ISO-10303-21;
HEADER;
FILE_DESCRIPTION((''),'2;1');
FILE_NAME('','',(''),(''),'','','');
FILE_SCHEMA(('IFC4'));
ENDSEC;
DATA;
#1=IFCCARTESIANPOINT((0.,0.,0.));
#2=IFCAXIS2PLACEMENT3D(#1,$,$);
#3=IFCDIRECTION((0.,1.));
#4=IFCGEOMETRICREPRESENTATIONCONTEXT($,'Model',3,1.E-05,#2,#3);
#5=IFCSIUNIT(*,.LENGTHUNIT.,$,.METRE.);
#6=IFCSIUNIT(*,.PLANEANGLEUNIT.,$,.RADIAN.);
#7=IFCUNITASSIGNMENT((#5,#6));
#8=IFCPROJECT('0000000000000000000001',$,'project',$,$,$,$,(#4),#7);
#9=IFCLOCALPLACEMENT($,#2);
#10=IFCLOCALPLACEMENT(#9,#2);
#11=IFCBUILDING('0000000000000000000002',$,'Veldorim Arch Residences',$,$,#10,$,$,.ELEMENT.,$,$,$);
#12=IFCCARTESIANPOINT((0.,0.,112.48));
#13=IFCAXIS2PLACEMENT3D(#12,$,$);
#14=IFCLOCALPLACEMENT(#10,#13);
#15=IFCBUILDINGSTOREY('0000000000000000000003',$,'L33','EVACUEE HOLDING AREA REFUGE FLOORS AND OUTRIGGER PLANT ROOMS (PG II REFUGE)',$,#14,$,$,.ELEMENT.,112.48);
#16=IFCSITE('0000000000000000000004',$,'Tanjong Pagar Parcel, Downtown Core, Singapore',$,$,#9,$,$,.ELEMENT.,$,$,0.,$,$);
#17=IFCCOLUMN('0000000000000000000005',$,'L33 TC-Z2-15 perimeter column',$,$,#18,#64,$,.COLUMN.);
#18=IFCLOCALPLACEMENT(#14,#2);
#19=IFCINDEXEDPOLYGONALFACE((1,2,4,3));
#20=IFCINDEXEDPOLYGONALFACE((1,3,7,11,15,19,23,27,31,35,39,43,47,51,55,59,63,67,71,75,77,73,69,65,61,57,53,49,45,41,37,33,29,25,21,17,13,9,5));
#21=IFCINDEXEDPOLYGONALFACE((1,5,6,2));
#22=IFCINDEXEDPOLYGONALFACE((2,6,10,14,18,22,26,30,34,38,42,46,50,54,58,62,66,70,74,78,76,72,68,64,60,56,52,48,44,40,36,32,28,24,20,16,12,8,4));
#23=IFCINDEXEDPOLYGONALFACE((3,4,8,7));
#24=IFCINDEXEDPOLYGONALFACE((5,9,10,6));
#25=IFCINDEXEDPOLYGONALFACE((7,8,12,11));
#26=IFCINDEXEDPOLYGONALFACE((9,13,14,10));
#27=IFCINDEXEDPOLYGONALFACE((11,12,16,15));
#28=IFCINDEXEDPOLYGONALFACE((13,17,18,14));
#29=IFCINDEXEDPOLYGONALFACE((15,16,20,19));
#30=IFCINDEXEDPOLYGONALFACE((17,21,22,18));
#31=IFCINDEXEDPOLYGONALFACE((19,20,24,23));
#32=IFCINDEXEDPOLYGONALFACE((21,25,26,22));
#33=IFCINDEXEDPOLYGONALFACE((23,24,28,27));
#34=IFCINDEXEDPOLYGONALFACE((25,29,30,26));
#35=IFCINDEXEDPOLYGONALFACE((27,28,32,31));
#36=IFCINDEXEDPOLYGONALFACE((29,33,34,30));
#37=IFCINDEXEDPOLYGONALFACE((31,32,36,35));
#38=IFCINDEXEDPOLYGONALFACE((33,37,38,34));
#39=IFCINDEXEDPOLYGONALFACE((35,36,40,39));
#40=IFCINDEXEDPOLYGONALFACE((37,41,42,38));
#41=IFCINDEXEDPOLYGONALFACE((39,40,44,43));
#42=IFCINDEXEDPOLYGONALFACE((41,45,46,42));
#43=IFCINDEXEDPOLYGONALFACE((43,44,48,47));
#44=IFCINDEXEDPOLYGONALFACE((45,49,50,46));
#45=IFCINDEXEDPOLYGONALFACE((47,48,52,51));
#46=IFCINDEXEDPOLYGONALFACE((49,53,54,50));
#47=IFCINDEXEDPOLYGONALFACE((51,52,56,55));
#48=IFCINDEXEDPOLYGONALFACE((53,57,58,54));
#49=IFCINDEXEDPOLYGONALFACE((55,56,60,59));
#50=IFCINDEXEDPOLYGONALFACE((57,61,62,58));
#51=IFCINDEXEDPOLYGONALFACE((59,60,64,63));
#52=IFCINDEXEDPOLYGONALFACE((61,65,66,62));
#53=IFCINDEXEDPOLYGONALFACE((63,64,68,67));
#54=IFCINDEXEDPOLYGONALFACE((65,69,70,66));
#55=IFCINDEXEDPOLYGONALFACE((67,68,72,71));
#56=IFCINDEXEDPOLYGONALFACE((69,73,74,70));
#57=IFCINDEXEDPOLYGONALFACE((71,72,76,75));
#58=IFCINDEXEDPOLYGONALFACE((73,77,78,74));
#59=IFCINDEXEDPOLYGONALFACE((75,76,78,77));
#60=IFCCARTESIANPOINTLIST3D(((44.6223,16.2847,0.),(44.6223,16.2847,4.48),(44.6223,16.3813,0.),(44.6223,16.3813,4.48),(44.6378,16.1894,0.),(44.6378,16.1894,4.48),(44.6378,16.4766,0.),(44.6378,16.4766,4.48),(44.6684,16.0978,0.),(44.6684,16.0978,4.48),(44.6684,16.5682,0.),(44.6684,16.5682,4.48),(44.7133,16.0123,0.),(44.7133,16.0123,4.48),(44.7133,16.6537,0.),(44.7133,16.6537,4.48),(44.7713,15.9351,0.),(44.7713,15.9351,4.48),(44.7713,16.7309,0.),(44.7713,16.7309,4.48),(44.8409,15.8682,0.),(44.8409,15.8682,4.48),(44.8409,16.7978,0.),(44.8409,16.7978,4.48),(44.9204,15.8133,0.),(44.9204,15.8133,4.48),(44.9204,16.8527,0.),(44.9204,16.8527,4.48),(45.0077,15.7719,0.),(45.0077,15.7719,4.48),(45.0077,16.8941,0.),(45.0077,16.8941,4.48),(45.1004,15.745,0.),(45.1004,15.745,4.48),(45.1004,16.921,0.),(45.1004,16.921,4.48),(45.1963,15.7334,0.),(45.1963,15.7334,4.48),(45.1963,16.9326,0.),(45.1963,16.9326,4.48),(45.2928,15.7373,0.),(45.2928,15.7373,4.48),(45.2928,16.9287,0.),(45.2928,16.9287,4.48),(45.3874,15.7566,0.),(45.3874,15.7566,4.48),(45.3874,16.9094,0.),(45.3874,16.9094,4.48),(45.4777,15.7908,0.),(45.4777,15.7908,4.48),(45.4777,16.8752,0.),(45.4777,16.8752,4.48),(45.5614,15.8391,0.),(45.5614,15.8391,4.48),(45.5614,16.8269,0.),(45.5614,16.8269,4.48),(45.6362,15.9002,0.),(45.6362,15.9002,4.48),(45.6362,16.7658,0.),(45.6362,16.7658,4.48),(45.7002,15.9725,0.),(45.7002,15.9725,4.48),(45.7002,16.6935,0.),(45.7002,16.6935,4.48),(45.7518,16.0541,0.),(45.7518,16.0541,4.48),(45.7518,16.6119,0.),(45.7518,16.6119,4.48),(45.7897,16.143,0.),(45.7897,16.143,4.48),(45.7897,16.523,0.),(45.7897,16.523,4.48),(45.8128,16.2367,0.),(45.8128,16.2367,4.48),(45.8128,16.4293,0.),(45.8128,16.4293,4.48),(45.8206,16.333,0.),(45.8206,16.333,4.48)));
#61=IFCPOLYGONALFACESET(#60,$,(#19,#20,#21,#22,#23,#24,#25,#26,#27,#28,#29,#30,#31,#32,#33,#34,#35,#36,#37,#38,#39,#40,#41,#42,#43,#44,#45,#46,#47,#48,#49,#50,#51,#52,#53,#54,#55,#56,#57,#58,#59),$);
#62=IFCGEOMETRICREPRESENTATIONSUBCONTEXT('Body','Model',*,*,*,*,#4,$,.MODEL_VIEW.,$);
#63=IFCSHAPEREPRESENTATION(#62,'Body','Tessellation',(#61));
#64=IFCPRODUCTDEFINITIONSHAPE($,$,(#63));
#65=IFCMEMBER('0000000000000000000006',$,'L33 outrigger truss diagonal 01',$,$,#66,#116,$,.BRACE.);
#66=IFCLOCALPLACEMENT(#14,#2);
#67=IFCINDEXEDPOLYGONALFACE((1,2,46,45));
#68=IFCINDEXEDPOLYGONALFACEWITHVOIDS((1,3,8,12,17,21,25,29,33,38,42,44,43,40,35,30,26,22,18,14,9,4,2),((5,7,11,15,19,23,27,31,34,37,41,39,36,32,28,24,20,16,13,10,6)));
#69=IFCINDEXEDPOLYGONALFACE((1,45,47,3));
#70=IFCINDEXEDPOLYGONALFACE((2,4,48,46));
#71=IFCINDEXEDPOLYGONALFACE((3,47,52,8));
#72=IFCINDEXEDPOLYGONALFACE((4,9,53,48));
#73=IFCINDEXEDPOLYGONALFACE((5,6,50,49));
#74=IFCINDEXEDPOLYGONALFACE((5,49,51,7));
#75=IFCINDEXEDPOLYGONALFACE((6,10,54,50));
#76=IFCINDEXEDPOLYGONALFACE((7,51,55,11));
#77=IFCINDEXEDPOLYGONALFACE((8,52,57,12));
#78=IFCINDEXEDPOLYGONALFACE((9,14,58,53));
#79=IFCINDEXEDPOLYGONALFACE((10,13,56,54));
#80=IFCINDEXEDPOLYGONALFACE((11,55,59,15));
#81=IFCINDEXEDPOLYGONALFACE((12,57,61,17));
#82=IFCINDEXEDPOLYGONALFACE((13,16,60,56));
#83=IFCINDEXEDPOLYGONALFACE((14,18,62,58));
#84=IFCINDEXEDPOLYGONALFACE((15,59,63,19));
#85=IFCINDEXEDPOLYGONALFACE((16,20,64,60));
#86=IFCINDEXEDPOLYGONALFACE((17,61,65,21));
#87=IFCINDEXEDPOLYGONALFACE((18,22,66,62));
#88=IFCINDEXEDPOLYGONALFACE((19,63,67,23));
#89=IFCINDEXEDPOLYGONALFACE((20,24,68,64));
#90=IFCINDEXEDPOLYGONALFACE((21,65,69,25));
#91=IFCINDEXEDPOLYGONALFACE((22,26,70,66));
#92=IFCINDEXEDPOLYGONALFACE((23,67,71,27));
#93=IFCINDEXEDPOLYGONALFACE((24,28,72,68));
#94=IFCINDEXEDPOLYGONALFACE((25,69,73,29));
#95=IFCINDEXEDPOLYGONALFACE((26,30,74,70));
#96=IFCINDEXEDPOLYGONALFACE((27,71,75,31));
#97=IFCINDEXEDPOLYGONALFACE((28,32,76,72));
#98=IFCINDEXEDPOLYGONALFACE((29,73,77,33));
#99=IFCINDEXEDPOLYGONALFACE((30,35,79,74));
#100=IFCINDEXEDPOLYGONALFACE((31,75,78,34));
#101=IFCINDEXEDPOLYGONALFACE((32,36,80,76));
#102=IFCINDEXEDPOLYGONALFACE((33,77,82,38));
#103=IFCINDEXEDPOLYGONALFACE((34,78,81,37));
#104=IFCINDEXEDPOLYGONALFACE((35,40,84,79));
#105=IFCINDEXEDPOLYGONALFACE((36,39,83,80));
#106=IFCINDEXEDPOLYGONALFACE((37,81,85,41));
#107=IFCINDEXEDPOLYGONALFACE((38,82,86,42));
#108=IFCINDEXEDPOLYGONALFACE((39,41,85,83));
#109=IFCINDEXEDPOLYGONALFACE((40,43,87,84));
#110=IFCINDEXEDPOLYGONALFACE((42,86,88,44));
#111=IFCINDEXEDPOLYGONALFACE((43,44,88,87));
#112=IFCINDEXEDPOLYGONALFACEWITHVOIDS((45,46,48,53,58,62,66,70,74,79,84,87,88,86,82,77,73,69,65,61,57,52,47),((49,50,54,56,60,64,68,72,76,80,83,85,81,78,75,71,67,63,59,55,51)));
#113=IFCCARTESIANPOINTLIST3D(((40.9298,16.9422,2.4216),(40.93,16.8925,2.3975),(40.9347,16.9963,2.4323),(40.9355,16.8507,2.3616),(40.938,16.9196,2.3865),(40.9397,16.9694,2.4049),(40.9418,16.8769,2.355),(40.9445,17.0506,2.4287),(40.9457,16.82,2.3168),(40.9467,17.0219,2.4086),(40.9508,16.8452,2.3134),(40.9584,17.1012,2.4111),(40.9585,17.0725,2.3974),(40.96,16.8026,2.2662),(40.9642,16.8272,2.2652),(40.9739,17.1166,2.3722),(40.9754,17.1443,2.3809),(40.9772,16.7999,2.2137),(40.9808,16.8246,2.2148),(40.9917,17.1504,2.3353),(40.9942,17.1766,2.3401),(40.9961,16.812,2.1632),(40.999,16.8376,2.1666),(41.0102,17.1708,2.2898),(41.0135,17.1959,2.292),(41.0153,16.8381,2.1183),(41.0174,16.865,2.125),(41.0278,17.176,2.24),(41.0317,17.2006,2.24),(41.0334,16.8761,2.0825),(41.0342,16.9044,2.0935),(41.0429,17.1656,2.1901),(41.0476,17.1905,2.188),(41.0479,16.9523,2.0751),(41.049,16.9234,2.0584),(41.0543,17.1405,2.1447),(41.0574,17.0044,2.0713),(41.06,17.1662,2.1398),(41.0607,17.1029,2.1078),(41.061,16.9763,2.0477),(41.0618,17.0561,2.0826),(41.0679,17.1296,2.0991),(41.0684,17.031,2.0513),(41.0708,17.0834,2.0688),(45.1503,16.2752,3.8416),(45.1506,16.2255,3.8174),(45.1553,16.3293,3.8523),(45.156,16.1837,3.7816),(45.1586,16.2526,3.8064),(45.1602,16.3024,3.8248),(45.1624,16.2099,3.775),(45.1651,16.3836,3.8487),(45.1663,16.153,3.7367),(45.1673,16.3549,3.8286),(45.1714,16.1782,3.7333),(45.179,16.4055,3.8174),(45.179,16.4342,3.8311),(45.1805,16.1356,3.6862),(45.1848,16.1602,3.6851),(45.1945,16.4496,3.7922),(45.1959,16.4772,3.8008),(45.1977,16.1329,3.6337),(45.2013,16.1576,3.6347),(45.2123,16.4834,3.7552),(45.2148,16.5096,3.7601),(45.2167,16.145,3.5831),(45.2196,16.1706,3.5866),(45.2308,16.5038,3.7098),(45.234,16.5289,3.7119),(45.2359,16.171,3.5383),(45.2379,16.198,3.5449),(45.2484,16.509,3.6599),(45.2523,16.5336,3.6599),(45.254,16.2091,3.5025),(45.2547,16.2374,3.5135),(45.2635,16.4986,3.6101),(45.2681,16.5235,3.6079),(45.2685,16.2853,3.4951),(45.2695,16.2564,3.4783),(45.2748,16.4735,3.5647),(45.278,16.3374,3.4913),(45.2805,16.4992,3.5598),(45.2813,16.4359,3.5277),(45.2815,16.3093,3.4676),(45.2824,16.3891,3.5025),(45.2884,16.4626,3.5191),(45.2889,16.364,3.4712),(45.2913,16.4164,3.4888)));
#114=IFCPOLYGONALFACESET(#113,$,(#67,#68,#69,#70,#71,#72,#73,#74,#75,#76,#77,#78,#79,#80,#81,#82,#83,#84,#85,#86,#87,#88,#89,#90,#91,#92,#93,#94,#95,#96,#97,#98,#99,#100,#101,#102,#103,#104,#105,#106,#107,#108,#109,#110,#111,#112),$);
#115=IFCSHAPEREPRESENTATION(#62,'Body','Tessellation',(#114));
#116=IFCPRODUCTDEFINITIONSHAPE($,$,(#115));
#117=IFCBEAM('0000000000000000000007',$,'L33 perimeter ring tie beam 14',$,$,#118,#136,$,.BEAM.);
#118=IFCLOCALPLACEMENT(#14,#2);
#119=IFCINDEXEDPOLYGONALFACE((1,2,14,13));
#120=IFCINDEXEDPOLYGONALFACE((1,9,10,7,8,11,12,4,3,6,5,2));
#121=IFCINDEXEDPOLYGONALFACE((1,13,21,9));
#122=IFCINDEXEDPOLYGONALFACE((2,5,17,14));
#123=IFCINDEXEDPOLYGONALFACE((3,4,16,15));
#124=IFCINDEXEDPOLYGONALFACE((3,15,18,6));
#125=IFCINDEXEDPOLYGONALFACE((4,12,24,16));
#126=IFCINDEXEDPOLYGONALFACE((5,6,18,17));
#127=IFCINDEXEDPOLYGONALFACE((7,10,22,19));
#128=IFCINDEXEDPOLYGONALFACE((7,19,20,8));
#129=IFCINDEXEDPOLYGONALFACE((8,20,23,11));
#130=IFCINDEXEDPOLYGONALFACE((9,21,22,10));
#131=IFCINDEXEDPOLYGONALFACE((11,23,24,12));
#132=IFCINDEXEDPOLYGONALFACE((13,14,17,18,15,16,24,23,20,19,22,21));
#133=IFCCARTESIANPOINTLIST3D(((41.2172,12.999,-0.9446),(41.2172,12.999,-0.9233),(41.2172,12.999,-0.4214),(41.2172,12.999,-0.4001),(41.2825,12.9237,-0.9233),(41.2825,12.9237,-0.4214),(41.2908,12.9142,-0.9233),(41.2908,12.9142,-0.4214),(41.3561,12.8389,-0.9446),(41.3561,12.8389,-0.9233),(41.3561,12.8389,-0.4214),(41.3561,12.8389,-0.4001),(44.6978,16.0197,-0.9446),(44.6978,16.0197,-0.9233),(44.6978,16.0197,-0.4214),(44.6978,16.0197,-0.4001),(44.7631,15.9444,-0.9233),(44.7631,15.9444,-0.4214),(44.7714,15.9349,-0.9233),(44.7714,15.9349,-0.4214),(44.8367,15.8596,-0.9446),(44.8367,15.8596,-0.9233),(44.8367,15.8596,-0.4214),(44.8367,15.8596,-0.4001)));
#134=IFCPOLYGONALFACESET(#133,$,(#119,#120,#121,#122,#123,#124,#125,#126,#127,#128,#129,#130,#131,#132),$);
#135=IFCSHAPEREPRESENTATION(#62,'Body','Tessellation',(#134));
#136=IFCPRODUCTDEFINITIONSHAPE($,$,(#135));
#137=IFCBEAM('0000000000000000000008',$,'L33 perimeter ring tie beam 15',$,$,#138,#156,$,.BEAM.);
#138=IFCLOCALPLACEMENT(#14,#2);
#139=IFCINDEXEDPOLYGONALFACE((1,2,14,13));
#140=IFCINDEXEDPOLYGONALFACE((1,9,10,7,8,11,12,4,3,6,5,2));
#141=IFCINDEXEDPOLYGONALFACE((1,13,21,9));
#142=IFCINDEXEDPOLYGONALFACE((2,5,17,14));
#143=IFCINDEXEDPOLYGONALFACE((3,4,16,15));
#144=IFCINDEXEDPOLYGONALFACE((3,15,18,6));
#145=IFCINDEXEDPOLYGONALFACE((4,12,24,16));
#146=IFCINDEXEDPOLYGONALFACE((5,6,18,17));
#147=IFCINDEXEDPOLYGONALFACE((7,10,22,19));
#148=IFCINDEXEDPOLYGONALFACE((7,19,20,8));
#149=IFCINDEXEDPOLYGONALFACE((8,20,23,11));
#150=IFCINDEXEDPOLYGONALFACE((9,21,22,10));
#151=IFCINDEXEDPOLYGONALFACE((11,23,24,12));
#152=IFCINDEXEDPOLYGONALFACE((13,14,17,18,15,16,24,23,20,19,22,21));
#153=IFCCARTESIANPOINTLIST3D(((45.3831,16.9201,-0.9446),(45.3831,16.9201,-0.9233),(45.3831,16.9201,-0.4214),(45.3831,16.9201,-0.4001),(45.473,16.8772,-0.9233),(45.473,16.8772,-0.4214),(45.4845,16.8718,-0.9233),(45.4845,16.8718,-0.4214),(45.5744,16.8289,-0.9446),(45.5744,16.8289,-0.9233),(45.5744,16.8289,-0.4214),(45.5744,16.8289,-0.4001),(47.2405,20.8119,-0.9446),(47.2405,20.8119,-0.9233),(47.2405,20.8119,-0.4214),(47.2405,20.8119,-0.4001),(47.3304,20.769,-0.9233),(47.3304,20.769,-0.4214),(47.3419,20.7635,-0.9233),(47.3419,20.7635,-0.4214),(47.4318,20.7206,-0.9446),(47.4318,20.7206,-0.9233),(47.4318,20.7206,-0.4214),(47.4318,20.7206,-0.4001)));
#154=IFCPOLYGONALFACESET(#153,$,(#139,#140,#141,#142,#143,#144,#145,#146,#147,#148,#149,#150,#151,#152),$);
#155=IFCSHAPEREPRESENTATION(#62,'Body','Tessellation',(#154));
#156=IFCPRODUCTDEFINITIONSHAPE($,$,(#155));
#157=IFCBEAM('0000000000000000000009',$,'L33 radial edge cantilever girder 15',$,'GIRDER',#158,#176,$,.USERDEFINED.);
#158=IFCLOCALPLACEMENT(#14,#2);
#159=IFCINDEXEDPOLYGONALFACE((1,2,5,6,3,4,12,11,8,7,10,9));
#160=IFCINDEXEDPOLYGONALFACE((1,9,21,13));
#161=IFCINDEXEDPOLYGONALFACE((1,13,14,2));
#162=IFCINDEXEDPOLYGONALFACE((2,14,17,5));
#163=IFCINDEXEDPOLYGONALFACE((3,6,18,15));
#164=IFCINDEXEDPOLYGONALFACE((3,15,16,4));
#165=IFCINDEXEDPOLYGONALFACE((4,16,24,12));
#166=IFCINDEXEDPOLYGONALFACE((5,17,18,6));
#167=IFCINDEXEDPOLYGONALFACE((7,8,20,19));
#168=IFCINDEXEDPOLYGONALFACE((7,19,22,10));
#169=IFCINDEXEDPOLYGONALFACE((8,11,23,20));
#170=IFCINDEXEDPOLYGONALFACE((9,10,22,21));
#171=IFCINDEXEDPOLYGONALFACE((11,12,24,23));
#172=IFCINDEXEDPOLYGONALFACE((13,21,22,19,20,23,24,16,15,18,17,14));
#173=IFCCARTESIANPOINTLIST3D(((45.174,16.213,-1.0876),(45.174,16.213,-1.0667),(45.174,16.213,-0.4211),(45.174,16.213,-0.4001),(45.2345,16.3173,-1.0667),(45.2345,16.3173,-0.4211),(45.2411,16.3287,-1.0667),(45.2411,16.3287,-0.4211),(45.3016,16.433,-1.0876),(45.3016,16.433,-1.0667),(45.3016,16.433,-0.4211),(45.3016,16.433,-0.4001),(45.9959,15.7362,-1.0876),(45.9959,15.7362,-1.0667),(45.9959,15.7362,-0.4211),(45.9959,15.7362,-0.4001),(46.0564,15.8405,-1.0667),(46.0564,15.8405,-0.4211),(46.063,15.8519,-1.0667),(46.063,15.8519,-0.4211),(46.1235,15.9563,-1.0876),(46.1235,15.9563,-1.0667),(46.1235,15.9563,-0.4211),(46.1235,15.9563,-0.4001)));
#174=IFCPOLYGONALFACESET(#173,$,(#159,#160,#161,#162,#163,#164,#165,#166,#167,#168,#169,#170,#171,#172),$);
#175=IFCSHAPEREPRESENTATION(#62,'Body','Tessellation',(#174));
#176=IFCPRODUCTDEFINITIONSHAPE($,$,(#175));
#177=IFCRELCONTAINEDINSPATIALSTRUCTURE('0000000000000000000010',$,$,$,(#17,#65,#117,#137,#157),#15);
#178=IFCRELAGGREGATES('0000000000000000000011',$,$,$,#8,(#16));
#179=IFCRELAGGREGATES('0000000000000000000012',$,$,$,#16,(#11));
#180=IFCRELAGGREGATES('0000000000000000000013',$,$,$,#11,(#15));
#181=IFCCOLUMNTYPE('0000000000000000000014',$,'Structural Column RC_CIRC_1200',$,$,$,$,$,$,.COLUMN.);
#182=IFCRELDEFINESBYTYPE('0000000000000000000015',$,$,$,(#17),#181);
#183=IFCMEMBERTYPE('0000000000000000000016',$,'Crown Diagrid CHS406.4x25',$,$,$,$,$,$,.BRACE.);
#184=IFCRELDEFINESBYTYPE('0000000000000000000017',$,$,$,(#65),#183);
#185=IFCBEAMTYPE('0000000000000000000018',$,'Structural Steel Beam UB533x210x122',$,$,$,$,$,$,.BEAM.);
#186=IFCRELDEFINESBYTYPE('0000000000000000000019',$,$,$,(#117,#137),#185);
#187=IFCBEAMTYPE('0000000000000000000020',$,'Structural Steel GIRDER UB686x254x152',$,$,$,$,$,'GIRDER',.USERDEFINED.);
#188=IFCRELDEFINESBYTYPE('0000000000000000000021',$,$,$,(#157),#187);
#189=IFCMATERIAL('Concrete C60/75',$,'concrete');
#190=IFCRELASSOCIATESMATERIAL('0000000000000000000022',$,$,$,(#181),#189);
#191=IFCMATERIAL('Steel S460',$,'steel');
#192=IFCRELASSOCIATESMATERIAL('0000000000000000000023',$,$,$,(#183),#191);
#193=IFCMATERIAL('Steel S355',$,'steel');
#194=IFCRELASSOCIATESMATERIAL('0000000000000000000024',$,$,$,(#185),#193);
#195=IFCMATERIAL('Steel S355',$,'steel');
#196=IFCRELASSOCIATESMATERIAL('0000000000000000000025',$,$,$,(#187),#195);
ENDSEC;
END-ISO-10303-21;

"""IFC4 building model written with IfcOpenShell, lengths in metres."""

from ifc_helpers import new_model, si_unit, direction, frame, origin, origin_2d, place, context, subcontext, project, spatial, circle, hollow_circle, i_section, extrude, material, material_profile, profile_set, type_object, element, save


model = new_model("IFC4")

# Units and contexts
model_context = context("Model", 3, precision=1e-05, world=origin(), true_north=direction((0.0, 1.0)))
body_context = subcontext(model_context, "Body", "Model", "MODEL_VIEW")
ifc_project = project(units=[si_unit("LENGTHUNIT", "METRE"), si_unit("PLANEANGLEUNIT", "RADIAN")], contexts=[model_context])

# Site, building, storey
site_placement = place(None, origin())
site = spatial("IfcSite", under=ifc_project, at=site_placement, Name="Tanjong Pagar Parcel, Downtown Core, Singapore", CompositionType="ELEMENT", RefElevation=0.0)
building_placement = place(site_placement, origin())
building = spatial("IfcBuilding", under=site, at=building_placement, Name="Veldorim Arch Residences", CompositionType="ELEMENT")
storey_placement = place(building_placement, frame((0.0, 0.0, 112.48)))
storey = spatial("IfcBuildingStorey", under=building, at=storey_placement, Name="L33", Description="EVACUEE HOLDING AREA REFUGE FLOORS AND OUTRIGGER PLANT ROOMS (PG II REFUGE)", CompositionType="ELEMENT", Elevation=112.48)

# Column
ifc_material_1 = material(Name="Concrete C60/75", Category="concrete")
ifc_material_profile_1 = material_profile(ifc_material_1, circle(Radius=0.6001, at=origin_2d()), Name="RC_CIRC_1200")
ifc_profile_set_1 = profile_set([ifc_material_profile_1], Name="Concrete C60/75")
column_type = type_object("IfcColumnType", Name="Structural Column RC_CIRC_1200", PredefinedType="COLUMN", material=ifc_profile_set_1)
column_placement = place(storey_placement, frame((45.2205, 16.333, 0.0), z_axis=(0.0, 0.0, 1.0), x_axis=(1.0, 0.0, 0.0)))
element("IfcColumn", 1, at=column_placement, inside=storey, type_object=column_type, Name="L33 TC-Z2-15 perimeter column", PredefinedType="COLUMN", context=body_context, shape_type="SweptSolid", body=[
    extrude(circle(Radius=0.6001, at=origin_2d()), origin(), (0.0, 0.0, 1.0), 4.48),
])

# Member
ifc_material_2 = material(Name="Steel S460", Category="steel")
ifc_material_profile_2 = material_profile(ifc_material_2, hollow_circle(Radius=0.2031, WallThickness=0.0249, at=origin_2d()), Name="CHS406.4x25")
ifc_profile_set_2 = profile_set([ifc_material_profile_2], Name="Steel S460")
member_type_1 = type_object("IfcMemberType", Name="Crown Diagrid CHS406.4x25", PredefinedType="BRACE", material=ifc_profile_set_2)
member_1_placement = place(storey_placement, frame((41.0, 17.0, 2.24), z_axis=(0.93734, -0.148135, 0.315357), x_axis=(0.1561, 0.987741, 0.0)))
element("IfcMember", 2, at=member_1_placement, inside=storey, type_object=member_type_1, Name="L33 outrigger truss diagonal 01", PredefinedType="BRACE", context=body_context, shape_type="SweptSolid", body=[
    extrude(hollow_circle(Radius=0.2031, WallThickness=0.0249, at=origin_2d()), origin(), (0.0, 0.0, 1.0), 4.5027),
])

# Beams
ifc_material_3 = material(Name="Steel S355", Category="steel")
ifc_material_profile_3 = material_profile(ifc_material_3, i_section(OverallWidth=0.2119, OverallDepth=0.5444, WebThickness=0.0127, FlangeThickness=0.0212, at=origin_2d()), Name="UB533x210x122")
ifc_profile_set_3 = profile_set([ifc_material_profile_3], Name="Steel S355")
beam_type_1 = type_object("IfcBeamType", Name="Structural Steel Beam UB533x210x122", PredefinedType="BEAM", material=ifc_profile_set_3)
beam_1_placement = place(storey_placement, frame((41.2866, 12.9189, -0.6724), z_axis=(0.755245, 0.655443, 0.0), x_axis=(-0.655443, 0.755245, 0.0)))
element("IfcBeam", 3, at=beam_1_placement, inside=storey, type_object=beam_type_1, Name="L33 perimeter ring tie beam 14", PredefinedType="BEAM", context=body_context, shape_type="SweptSolid", body=[
    extrude(i_section(OverallWidth=0.2119, OverallDepth=0.5444, WebThickness=0.0127, FlangeThickness=0.0212, at=origin_2d()), origin(), (0.0, 0.0, 1.0), 4.6086),
])
beam_2_placement = place(storey_placement, frame((45.4788, 16.8745, -0.6724), z_axis=(0.43072, 0.902486, 0.0), x_axis=(-0.902486, 0.43072, 0.0)))
element("IfcBeam", 4, at=beam_2_placement, inside=storey, type_object=beam_type_1, Name="L33 perimeter ring tie beam 15", PredefinedType="BEAM", context=body_context, shape_type="SweptSolid", body=[
    extrude(i_section(OverallWidth=0.2119, OverallDepth=0.5444, WebThickness=0.0127, FlangeThickness=0.0212, at=origin_2d()), origin(), (0.0, 0.0, 1.0), 4.3123),
])
ifc_material_4 = material(Name="Steel S355", Category="steel")
ifc_material_profile_4 = material_profile(ifc_material_4, i_section(OverallWidth=0.2544, OverallDepth=0.6875, WebThickness=0.0132, FlangeThickness=0.021, at=origin_2d()), Name="UB686x254x152")
ifc_profile_set_4 = profile_set([ifc_material_profile_4], Name="Steel S355")
beam_type_2 = type_object("IfcBeamType", Name="Structural Steel GIRDER UB686x254x152", ElementType="GIRDER", PredefinedType="USERDEFINED", material=ifc_profile_set_4)
beam_3_placement = place(storey_placement, frame((45.2378, 16.323, -0.7439), z_axis=(0.865016, -0.501745, 0.0), x_axis=(0.501745, 0.865016, 0.0)))
element("IfcBeam", 5, at=beam_3_placement, inside=storey, type_object=beam_type_2, Name="L33 radial edge cantilever girder 15", ObjectType="GIRDER", PredefinedType="USERDEFINED", context=body_context, shape_type="SweptSolid", body=[
    extrude(i_section(OverallWidth=0.2544, OverallDepth=0.6875, WebThickness=0.0132, FlangeThickness=0.021, at=origin_2d()), origin(), (0.0, 0.0, 1.0), 0.9502),
])

save(model, "model.ifc")
